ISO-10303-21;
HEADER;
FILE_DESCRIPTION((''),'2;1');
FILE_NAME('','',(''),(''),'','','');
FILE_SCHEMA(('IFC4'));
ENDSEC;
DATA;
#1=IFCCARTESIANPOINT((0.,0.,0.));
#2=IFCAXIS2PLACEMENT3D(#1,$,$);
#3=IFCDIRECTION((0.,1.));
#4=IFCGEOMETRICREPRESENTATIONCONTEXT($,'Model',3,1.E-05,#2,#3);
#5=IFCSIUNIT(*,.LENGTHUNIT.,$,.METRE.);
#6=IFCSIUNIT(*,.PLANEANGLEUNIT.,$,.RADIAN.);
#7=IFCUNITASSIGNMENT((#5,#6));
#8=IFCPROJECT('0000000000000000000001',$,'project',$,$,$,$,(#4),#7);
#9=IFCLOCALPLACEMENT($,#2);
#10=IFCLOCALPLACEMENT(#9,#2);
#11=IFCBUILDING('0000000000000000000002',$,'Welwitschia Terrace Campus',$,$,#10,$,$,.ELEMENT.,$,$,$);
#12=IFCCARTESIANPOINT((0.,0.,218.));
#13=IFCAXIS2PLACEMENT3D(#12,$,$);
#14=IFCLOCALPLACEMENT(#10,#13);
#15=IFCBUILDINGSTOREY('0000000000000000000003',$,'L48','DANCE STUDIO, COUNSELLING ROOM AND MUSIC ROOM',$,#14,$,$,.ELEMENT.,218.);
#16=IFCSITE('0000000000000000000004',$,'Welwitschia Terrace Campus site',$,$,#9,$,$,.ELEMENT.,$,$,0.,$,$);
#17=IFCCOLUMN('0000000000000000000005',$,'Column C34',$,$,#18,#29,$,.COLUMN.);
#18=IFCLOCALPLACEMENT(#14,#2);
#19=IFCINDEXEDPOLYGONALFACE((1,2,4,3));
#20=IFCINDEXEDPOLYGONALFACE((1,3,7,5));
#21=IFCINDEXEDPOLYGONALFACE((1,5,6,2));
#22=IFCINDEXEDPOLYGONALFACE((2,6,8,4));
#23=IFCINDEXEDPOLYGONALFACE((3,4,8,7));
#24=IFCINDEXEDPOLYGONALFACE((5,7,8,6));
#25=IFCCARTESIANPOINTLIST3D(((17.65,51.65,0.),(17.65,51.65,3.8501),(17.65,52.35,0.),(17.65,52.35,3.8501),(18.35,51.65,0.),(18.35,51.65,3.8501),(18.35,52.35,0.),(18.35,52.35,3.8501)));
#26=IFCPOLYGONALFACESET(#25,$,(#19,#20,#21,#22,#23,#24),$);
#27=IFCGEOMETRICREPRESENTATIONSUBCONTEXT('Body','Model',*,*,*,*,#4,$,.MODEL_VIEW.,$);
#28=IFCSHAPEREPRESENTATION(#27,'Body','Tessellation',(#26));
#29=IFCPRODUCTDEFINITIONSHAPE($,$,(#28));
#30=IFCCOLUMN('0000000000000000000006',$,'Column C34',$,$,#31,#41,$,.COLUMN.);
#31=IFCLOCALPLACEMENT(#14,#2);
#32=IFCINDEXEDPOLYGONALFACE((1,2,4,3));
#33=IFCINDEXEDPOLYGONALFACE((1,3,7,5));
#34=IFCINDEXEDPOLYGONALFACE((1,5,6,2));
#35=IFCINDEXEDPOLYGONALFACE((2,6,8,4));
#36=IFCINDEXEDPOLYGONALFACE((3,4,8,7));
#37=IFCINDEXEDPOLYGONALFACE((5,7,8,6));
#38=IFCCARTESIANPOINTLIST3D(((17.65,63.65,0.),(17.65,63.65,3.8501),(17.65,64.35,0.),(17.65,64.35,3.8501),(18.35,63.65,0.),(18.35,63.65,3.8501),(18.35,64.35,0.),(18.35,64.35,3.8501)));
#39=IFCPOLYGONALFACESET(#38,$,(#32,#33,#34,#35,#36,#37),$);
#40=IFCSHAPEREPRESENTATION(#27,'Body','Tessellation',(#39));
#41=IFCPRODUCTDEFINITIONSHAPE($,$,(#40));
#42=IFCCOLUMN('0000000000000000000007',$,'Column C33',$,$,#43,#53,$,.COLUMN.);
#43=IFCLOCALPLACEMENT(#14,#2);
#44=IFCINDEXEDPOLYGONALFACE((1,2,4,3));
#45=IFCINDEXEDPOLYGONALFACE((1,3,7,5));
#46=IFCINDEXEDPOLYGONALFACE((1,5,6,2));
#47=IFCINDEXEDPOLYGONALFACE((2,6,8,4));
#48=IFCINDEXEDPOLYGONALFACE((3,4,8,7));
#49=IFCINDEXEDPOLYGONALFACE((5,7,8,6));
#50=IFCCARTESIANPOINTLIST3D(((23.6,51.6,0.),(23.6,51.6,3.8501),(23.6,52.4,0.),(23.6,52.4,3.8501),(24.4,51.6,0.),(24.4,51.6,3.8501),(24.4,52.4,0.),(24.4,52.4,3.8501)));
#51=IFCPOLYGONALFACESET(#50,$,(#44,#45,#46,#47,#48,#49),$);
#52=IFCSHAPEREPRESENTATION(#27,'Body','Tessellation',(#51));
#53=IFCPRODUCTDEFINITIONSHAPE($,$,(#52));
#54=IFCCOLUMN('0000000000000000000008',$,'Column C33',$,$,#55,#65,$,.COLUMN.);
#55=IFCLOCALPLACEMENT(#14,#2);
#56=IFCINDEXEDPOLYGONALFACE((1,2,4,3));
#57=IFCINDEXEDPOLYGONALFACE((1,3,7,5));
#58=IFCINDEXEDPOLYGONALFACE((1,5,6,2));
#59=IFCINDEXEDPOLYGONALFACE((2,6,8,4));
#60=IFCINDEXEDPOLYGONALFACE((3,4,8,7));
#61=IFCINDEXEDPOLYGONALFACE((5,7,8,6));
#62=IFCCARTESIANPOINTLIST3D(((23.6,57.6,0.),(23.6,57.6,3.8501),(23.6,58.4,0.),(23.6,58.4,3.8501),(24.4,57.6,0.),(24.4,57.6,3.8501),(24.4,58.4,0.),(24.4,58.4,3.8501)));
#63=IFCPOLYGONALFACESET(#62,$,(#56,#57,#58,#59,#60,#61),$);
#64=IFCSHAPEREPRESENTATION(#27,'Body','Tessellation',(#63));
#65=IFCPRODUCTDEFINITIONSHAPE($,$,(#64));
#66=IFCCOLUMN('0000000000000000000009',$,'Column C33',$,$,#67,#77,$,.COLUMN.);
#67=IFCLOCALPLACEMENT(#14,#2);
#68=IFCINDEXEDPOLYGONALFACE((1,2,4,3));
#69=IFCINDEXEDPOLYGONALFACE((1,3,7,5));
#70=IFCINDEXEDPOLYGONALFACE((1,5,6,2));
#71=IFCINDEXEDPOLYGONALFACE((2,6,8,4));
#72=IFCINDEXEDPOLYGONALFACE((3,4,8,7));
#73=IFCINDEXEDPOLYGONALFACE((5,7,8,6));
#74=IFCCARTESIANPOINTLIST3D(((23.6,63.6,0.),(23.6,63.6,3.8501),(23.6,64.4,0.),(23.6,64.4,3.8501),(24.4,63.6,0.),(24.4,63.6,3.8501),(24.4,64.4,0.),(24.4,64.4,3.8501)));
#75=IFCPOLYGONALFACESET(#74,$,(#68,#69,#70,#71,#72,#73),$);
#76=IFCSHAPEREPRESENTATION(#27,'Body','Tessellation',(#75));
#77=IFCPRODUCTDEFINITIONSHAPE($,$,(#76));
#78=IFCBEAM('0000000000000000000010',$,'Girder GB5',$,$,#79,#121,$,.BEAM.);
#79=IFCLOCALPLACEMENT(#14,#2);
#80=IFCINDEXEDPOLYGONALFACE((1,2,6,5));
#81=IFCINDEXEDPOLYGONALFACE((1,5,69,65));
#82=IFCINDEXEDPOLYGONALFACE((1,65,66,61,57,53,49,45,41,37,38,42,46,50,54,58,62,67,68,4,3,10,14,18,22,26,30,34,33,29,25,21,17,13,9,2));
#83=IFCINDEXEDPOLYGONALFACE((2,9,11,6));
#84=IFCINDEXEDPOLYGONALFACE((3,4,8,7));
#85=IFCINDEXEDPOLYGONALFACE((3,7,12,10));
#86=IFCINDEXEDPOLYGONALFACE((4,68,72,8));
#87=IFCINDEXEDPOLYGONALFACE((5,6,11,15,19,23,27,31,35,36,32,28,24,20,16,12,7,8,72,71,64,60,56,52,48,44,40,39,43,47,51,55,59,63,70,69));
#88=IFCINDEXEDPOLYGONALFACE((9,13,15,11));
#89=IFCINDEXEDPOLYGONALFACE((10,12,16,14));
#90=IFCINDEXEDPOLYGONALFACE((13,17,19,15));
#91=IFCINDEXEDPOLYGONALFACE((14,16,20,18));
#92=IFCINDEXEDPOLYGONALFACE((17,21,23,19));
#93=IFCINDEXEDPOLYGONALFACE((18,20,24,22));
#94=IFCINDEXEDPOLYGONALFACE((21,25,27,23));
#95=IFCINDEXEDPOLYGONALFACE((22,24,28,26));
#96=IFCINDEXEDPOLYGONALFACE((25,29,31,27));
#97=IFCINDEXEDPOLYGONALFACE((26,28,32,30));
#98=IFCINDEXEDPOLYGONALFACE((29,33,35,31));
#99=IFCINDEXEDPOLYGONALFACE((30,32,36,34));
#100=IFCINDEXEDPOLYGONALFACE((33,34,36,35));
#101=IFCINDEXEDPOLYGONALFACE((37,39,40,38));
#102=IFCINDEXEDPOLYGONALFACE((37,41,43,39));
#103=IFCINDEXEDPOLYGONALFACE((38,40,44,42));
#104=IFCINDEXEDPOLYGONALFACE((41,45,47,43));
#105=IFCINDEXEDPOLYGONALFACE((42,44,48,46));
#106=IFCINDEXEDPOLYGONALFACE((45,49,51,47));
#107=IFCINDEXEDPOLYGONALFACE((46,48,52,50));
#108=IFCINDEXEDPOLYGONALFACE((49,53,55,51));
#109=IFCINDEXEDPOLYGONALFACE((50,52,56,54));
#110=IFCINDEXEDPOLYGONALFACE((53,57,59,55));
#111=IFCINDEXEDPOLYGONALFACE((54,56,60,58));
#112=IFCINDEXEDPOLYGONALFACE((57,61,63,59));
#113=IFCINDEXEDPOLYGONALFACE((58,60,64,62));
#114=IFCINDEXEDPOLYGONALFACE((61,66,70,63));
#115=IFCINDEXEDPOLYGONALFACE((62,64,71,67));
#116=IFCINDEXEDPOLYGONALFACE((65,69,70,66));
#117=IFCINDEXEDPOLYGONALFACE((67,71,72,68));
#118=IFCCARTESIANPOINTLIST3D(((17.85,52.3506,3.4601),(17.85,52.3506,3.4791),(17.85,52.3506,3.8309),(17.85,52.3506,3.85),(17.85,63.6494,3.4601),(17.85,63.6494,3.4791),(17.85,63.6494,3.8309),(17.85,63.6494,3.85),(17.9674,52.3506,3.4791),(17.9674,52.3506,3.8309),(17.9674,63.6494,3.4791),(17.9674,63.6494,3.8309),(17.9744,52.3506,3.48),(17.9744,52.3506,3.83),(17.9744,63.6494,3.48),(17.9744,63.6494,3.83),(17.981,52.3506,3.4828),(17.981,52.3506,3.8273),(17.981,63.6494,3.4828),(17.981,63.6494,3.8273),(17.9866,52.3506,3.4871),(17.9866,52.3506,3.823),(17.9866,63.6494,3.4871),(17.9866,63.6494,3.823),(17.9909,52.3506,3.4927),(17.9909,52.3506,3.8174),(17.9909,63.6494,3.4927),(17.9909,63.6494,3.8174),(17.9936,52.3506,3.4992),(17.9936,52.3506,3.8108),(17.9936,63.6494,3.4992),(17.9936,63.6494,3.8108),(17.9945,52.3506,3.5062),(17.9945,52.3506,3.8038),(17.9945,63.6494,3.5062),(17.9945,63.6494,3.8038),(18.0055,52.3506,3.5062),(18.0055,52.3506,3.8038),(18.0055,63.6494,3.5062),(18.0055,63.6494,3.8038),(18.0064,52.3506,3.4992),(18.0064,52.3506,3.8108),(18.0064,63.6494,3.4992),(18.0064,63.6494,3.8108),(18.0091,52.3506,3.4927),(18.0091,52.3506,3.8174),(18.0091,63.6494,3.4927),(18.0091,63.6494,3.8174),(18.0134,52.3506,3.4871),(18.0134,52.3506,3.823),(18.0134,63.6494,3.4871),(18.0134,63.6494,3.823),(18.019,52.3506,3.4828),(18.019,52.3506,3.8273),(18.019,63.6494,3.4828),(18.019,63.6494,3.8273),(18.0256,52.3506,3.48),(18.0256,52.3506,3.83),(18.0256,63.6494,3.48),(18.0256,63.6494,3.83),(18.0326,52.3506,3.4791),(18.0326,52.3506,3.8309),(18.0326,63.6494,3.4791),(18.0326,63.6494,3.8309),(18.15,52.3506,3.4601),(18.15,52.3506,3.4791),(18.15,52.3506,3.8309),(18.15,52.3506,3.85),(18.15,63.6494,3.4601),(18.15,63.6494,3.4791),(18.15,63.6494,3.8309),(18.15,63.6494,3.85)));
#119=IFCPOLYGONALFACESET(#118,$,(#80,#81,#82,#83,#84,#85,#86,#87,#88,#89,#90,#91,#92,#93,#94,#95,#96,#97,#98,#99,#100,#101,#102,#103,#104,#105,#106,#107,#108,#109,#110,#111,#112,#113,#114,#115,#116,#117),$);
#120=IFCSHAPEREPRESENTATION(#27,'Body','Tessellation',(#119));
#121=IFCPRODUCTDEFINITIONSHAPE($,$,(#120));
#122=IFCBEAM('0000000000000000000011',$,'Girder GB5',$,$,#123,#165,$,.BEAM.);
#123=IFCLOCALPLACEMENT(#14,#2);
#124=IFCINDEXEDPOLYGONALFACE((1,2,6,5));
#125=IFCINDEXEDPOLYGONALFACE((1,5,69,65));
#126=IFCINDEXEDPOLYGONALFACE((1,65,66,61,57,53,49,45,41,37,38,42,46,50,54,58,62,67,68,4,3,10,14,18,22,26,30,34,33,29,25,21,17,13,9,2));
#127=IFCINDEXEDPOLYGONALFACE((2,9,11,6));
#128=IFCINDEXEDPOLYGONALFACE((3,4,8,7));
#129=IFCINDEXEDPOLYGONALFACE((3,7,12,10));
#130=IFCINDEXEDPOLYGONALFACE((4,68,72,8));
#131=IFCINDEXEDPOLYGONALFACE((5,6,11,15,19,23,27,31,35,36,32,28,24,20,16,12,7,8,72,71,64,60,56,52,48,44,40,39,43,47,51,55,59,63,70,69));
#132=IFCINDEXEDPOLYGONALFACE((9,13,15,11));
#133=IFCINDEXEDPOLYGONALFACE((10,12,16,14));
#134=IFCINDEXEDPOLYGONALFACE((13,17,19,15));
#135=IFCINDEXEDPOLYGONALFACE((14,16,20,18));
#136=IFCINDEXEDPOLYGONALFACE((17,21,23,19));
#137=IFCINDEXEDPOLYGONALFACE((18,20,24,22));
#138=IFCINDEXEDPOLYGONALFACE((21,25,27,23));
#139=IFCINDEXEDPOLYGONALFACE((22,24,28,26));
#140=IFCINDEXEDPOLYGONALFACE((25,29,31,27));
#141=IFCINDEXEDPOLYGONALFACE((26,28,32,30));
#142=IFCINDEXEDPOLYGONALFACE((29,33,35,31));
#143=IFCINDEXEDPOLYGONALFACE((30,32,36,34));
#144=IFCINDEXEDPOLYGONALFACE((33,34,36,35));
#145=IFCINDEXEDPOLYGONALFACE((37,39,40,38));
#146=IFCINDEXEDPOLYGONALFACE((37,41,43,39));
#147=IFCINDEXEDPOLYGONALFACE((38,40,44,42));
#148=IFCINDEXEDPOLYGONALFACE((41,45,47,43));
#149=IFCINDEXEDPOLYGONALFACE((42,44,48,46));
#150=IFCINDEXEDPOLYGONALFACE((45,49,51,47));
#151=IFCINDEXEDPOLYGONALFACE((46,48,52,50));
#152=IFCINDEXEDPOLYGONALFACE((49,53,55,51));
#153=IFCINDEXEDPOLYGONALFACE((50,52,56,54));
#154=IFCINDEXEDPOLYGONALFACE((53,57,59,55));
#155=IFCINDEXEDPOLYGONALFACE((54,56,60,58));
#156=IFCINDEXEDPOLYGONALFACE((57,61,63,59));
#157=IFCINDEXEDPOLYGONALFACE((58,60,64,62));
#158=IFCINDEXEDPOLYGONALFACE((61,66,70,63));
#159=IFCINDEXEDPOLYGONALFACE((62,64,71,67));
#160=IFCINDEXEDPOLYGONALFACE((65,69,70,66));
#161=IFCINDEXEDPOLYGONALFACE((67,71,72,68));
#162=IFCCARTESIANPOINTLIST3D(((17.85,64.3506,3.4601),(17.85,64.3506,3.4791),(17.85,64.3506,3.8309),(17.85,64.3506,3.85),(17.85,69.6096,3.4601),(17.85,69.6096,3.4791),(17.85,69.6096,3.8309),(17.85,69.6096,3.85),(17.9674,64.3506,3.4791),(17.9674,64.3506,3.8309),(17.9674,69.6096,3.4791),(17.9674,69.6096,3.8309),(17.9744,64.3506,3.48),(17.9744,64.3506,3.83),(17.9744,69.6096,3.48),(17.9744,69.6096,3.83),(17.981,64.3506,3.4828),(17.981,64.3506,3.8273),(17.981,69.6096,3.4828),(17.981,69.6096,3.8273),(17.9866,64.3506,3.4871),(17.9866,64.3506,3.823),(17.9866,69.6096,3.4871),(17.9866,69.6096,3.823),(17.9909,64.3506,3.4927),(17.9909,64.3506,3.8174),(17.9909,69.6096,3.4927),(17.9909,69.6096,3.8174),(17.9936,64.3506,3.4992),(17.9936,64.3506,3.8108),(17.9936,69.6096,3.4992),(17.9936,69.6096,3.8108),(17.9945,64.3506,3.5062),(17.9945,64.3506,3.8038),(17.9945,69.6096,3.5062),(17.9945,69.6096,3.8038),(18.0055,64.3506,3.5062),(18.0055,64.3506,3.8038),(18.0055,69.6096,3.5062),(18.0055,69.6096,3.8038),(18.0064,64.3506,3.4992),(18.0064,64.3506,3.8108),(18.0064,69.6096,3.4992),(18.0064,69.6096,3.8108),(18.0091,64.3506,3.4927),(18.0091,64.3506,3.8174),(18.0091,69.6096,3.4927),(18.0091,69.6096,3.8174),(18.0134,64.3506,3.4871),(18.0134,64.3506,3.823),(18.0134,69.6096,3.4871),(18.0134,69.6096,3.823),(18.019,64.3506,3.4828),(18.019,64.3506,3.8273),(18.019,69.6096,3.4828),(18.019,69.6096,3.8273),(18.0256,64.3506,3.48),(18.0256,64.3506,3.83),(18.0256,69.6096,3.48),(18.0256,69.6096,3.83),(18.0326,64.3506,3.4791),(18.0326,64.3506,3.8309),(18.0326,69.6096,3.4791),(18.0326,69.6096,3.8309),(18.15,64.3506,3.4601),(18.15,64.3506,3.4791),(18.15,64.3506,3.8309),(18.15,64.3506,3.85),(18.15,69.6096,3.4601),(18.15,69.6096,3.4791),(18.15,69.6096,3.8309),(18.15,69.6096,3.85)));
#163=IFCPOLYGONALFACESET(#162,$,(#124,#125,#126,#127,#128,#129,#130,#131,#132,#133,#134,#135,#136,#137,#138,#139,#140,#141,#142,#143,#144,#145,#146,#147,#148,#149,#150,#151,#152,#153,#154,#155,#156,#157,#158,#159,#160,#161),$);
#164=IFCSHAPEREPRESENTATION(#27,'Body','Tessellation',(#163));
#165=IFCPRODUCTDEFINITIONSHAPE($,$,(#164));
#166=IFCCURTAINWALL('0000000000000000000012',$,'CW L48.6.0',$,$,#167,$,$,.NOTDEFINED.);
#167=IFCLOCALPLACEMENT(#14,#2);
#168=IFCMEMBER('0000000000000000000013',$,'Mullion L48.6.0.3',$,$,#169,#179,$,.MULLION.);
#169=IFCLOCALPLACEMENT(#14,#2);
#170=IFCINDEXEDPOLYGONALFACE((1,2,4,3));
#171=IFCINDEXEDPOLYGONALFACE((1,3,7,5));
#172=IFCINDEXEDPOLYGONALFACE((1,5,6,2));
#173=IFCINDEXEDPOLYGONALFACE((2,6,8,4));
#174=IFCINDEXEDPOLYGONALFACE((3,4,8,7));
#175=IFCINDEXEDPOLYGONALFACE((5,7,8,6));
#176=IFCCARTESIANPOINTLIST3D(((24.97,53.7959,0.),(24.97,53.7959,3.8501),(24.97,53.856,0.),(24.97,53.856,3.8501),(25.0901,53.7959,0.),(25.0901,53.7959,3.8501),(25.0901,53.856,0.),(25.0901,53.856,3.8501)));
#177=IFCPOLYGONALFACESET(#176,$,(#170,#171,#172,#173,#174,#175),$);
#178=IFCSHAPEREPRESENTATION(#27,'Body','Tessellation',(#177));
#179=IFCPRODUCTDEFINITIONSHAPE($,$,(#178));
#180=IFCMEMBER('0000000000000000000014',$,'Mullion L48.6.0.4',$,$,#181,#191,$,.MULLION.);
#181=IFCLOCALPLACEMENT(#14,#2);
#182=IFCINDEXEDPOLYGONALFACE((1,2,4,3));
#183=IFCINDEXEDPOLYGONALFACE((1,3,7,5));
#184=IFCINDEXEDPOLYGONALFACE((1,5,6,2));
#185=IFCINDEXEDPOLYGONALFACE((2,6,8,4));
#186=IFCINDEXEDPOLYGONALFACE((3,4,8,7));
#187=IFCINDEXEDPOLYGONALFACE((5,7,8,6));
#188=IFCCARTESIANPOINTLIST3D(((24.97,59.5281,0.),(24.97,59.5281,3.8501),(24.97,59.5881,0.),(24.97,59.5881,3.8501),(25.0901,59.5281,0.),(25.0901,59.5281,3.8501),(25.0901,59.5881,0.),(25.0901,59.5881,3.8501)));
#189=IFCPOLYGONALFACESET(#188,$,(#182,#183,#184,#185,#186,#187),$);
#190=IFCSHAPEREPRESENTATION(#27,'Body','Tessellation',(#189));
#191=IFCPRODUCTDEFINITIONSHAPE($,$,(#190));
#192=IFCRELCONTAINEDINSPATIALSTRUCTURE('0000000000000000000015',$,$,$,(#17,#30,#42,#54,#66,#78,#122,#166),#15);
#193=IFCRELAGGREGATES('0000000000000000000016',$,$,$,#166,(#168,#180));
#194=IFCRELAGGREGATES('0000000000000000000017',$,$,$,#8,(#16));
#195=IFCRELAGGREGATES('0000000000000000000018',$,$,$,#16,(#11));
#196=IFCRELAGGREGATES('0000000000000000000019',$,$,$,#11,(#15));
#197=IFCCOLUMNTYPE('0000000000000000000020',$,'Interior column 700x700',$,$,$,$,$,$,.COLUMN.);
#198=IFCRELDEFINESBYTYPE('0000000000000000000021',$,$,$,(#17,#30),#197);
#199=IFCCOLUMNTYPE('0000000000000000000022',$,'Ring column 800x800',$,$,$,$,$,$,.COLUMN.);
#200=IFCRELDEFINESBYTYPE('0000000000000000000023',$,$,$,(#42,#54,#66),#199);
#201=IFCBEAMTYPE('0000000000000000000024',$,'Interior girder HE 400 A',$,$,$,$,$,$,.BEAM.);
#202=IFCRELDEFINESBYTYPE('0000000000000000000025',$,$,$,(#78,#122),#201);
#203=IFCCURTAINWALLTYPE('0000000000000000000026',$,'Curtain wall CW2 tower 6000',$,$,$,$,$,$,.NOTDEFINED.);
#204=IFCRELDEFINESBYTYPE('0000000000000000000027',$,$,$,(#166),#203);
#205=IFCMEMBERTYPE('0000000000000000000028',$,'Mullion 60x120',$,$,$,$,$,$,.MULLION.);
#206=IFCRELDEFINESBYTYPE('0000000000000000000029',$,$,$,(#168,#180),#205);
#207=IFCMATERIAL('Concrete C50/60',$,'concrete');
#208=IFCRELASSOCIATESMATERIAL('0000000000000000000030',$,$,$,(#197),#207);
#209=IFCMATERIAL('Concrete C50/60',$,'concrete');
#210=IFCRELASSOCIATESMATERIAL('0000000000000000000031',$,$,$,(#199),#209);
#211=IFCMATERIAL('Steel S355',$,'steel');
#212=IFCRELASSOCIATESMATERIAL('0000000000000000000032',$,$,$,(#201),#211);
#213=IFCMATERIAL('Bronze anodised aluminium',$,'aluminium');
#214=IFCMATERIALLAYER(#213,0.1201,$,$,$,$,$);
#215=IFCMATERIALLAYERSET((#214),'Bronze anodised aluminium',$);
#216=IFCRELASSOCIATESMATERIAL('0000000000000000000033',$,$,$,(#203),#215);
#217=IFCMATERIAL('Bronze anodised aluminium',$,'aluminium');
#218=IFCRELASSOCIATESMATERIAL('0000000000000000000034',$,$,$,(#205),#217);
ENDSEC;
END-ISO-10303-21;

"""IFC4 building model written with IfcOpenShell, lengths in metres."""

from ifc_helpers import new_model, si_unit, direction, frame, origin, origin_2d, place, context, subcontext, project, spatial, rectangle, i_section, extrude, material, layer, layer_set, material_profile, profile_set, type_object, element, aggregate, save


model = new_model("IFC4")

# Units and contexts
model_context = context("Model", 3, precision=1e-05, world=origin(), true_north=direction((0.0, 1.0)))
body_context = subcontext(model_context, "Body", "Model", "MODEL_VIEW")
ifc_project = project(units=[si_unit("LENGTHUNIT", "METRE"), si_unit("PLANEANGLEUNIT", "RADIAN")], contexts=[model_context])

# Site, building, storey
site_placement = place(None, origin())
site = spatial("IfcSite", under=ifc_project, at=site_placement, Name="Welwitschia Terrace Campus site", CompositionType="ELEMENT", RefElevation=0.0)
building_placement = place(site_placement, origin())
building = spatial("IfcBuilding", under=site, at=building_placement, Name="Welwitschia Terrace Campus", CompositionType="ELEMENT")
storey_placement = place(building_placement, frame((0.0, 0.0, 218.0)))
storey = spatial("IfcBuildingStorey", under=building, at=storey_placement, Name="L48", Description="DANCE STUDIO, COUNSELLING ROOM AND MUSIC ROOM", CompositionType="ELEMENT", Elevation=218.0)

# Columns
ifc_material_1 = material(Name="Concrete C50/60", Category="concrete")
ifc_material_profile_1 = material_profile(ifc_material_1, rectangle(XDim=0.7, YDim=0.7, at=origin_2d()))
ifc_profile_set_1 = profile_set([ifc_material_profile_1], Name="Concrete C50/60")
column_type_1 = type_object("IfcColumnType", Name="Interior column 700x700", PredefinedType="COLUMN", material=ifc_profile_set_1)
for number, where, z_axis, x_axis, name in (
    (1, (18.0, 52.0, 0.0), (0.0, 0.0, 1.0), (1.0, 0.0, 0.0), "Column C34"),
    (2, (18.0, 64.0, 0.0), (0.0, 0.0, 1.0), (1.0, 0.0, 0.0), "Column C34"),
):
    element("IfcColumn", number, at=place(storey_placement, frame(where, z_axis=z_axis, x_axis=x_axis)), inside=storey, type_object=column_type_1, Name=name, PredefinedType="COLUMN", context=body_context, shape_type="SweptSolid", body=[
        extrude(rectangle(XDim=0.7, YDim=0.7, at=origin_2d()), origin(), (0.0, 0.0, 1.0), 3.8501),
    ])
ifc_material_2 = material(Name="Concrete C50/60", Category="concrete")
ifc_material_profile_2 = material_profile(ifc_material_2, rectangle(XDim=0.8, YDim=0.8, at=origin_2d()))
ifc_profile_set_2 = profile_set([ifc_material_profile_2], Name="Concrete C50/60")
column_type_2 = type_object("IfcColumnType", Name="Ring column 800x800", PredefinedType="COLUMN", material=ifc_profile_set_2)
for number, where, z_axis, x_axis, name in (
    (3, (24.0, 52.0, 0.0), (0.0, 0.0, 1.0), (1.0, 0.0, 0.0), "Column C33"),
    (4, (24.0, 58.0, 0.0), (0.0, 0.0, 1.0), (1.0, 0.0, 0.0), "Column C33"),
    (5, (24.0, 64.0, 0.0), (0.0, 0.0, 1.0), (1.0, 0.0, 0.0), "Column C33"),
):
    element("IfcColumn", number, at=place(storey_placement, frame(where, z_axis=z_axis, x_axis=x_axis)), inside=storey, type_object=column_type_2, Name=name, PredefinedType="COLUMN", context=body_context, shape_type="SweptSolid", body=[
        extrude(rectangle(XDim=0.8, YDim=0.8, at=origin_2d()), origin(), (0.0, 0.0, 1.0), 3.8501),
    ])

# Beams
ifc_material_3 = material(Name="Steel S355", Category="steel")
ifc_material_profile_3 = material_profile(ifc_material_3, i_section(OverallWidth=0.3, OverallDepth=0.3899, WebThickness=0.011, FlangeThickness=0.019, FilletRadius=0.0271, at=origin_2d()))
ifc_profile_set_3 = profile_set([ifc_material_profile_3], Name="Steel S355")
beam_type_1 = type_object("IfcBeamType", Name="Interior girder HE 400 A", PredefinedType="BEAM", material=ifc_profile_set_3)
beam_1_placement = place(storey_placement, frame((18.0, 52.3506, 3.655), z_axis=(0.0, 1.0, 0.0), x_axis=(-1.0, 0.0, 0.0)))
element("IfcBeam", 6, at=beam_1_placement, inside=storey, type_object=beam_type_1, Name="Girder GB5", PredefinedType="BEAM", context=body_context, shape_type="SweptSolid", body=[
    extrude(i_section(OverallWidth=0.3, OverallDepth=0.3899, WebThickness=0.011, FlangeThickness=0.019, FilletRadius=0.0271, at=origin_2d()), origin(), (0.0, 0.0, 1.0), 11.2988),
])
beam_2_placement = place(storey_placement, frame((18.0, 64.3506, 3.655), z_axis=(0.0, 1.0, 0.0), x_axis=(-1.0, 0.0, 0.0)))
element("IfcBeam", 7, at=beam_2_placement, inside=storey, type_object=beam_type_1, Name="Girder GB5", PredefinedType="BEAM", context=body_context, shape_type="SweptSolid", body=[
    extrude(i_section(OverallWidth=0.3, OverallDepth=0.3899, WebThickness=0.011, FlangeThickness=0.019, FilletRadius=0.0271, at=origin_2d()), origin(), (0.0, 0.0, 1.0), 5.259),
])

# Curtain wall, members
ifc_material_4 = material(Name="Bronze anodised aluminium", Category="aluminium")
ifc_layer_1 = layer(ifc_material_4, 0.1201)
ifc_layer_set_1 = layer_set([ifc_layer_1], Name="Bronze anodised aluminium")
curtain_wall_type = type_object("IfcCurtainWallType", Name="Curtain wall CW2 tower 6000", PredefinedType="NOTDEFINED", material=ifc_layer_set_1)
curtain_wall_placement = place(storey_placement, origin())
curtain_wall = element("IfcCurtainWall", 8, at=curtain_wall_placement, inside=storey, type_object=curtain_wall_type, Name="CW L48.6.0", PredefinedType="NOTDEFINED")
ifc_material_5 = material(Name="Bronze anodised aluminium", Category="aluminium")
ifc_material_profile_4 = material_profile(ifc_material_5, rectangle(XDim=0.1201, YDim=0.0601, at=origin_2d()))
ifc_profile_set_4 = profile_set([ifc_material_profile_4], Name="Bronze anodised aluminium")
member_type = type_object("IfcMemberType", Name="Mullion 60x120", PredefinedType="MULLION", material=ifc_profile_set_4)
member_1_placement = place(storey_placement, frame((25.03, 53.8259, 0.0), z_axis=(0.0, 0.0, 1.0), x_axis=(-1.0, 0.0, 0.0)))
member_1 = element("IfcMember", 9, at=member_1_placement, type_object=member_type, Name="Mullion L48.6.0.3", PredefinedType="MULLION", context=body_context, shape_type="SweptSolid", body=[
    extrude(rectangle(XDim=0.1201, YDim=0.0601, at=origin_2d()), origin(), (0.0, 0.0, 1.0), 3.8501),
])
member_2_placement = place(storey_placement, frame((25.03, 59.5581, 0.0), z_axis=(0.0, 0.0, 1.0), x_axis=(-1.0, 0.0, 0.0)))
member_2 = element("IfcMember", 10, at=member_2_placement, type_object=member_type, Name="Mullion L48.6.0.4", PredefinedType="MULLION", context=body_context, shape_type="SweptSolid", body=[
    extrude(rectangle(XDim=0.1201, YDim=0.0601, at=origin_2d()), origin(), (0.0, 0.0, 1.0), 3.8501),
])

aggregate(curtain_wall, [member_1, member_2])

save(model, "model.ifc")
